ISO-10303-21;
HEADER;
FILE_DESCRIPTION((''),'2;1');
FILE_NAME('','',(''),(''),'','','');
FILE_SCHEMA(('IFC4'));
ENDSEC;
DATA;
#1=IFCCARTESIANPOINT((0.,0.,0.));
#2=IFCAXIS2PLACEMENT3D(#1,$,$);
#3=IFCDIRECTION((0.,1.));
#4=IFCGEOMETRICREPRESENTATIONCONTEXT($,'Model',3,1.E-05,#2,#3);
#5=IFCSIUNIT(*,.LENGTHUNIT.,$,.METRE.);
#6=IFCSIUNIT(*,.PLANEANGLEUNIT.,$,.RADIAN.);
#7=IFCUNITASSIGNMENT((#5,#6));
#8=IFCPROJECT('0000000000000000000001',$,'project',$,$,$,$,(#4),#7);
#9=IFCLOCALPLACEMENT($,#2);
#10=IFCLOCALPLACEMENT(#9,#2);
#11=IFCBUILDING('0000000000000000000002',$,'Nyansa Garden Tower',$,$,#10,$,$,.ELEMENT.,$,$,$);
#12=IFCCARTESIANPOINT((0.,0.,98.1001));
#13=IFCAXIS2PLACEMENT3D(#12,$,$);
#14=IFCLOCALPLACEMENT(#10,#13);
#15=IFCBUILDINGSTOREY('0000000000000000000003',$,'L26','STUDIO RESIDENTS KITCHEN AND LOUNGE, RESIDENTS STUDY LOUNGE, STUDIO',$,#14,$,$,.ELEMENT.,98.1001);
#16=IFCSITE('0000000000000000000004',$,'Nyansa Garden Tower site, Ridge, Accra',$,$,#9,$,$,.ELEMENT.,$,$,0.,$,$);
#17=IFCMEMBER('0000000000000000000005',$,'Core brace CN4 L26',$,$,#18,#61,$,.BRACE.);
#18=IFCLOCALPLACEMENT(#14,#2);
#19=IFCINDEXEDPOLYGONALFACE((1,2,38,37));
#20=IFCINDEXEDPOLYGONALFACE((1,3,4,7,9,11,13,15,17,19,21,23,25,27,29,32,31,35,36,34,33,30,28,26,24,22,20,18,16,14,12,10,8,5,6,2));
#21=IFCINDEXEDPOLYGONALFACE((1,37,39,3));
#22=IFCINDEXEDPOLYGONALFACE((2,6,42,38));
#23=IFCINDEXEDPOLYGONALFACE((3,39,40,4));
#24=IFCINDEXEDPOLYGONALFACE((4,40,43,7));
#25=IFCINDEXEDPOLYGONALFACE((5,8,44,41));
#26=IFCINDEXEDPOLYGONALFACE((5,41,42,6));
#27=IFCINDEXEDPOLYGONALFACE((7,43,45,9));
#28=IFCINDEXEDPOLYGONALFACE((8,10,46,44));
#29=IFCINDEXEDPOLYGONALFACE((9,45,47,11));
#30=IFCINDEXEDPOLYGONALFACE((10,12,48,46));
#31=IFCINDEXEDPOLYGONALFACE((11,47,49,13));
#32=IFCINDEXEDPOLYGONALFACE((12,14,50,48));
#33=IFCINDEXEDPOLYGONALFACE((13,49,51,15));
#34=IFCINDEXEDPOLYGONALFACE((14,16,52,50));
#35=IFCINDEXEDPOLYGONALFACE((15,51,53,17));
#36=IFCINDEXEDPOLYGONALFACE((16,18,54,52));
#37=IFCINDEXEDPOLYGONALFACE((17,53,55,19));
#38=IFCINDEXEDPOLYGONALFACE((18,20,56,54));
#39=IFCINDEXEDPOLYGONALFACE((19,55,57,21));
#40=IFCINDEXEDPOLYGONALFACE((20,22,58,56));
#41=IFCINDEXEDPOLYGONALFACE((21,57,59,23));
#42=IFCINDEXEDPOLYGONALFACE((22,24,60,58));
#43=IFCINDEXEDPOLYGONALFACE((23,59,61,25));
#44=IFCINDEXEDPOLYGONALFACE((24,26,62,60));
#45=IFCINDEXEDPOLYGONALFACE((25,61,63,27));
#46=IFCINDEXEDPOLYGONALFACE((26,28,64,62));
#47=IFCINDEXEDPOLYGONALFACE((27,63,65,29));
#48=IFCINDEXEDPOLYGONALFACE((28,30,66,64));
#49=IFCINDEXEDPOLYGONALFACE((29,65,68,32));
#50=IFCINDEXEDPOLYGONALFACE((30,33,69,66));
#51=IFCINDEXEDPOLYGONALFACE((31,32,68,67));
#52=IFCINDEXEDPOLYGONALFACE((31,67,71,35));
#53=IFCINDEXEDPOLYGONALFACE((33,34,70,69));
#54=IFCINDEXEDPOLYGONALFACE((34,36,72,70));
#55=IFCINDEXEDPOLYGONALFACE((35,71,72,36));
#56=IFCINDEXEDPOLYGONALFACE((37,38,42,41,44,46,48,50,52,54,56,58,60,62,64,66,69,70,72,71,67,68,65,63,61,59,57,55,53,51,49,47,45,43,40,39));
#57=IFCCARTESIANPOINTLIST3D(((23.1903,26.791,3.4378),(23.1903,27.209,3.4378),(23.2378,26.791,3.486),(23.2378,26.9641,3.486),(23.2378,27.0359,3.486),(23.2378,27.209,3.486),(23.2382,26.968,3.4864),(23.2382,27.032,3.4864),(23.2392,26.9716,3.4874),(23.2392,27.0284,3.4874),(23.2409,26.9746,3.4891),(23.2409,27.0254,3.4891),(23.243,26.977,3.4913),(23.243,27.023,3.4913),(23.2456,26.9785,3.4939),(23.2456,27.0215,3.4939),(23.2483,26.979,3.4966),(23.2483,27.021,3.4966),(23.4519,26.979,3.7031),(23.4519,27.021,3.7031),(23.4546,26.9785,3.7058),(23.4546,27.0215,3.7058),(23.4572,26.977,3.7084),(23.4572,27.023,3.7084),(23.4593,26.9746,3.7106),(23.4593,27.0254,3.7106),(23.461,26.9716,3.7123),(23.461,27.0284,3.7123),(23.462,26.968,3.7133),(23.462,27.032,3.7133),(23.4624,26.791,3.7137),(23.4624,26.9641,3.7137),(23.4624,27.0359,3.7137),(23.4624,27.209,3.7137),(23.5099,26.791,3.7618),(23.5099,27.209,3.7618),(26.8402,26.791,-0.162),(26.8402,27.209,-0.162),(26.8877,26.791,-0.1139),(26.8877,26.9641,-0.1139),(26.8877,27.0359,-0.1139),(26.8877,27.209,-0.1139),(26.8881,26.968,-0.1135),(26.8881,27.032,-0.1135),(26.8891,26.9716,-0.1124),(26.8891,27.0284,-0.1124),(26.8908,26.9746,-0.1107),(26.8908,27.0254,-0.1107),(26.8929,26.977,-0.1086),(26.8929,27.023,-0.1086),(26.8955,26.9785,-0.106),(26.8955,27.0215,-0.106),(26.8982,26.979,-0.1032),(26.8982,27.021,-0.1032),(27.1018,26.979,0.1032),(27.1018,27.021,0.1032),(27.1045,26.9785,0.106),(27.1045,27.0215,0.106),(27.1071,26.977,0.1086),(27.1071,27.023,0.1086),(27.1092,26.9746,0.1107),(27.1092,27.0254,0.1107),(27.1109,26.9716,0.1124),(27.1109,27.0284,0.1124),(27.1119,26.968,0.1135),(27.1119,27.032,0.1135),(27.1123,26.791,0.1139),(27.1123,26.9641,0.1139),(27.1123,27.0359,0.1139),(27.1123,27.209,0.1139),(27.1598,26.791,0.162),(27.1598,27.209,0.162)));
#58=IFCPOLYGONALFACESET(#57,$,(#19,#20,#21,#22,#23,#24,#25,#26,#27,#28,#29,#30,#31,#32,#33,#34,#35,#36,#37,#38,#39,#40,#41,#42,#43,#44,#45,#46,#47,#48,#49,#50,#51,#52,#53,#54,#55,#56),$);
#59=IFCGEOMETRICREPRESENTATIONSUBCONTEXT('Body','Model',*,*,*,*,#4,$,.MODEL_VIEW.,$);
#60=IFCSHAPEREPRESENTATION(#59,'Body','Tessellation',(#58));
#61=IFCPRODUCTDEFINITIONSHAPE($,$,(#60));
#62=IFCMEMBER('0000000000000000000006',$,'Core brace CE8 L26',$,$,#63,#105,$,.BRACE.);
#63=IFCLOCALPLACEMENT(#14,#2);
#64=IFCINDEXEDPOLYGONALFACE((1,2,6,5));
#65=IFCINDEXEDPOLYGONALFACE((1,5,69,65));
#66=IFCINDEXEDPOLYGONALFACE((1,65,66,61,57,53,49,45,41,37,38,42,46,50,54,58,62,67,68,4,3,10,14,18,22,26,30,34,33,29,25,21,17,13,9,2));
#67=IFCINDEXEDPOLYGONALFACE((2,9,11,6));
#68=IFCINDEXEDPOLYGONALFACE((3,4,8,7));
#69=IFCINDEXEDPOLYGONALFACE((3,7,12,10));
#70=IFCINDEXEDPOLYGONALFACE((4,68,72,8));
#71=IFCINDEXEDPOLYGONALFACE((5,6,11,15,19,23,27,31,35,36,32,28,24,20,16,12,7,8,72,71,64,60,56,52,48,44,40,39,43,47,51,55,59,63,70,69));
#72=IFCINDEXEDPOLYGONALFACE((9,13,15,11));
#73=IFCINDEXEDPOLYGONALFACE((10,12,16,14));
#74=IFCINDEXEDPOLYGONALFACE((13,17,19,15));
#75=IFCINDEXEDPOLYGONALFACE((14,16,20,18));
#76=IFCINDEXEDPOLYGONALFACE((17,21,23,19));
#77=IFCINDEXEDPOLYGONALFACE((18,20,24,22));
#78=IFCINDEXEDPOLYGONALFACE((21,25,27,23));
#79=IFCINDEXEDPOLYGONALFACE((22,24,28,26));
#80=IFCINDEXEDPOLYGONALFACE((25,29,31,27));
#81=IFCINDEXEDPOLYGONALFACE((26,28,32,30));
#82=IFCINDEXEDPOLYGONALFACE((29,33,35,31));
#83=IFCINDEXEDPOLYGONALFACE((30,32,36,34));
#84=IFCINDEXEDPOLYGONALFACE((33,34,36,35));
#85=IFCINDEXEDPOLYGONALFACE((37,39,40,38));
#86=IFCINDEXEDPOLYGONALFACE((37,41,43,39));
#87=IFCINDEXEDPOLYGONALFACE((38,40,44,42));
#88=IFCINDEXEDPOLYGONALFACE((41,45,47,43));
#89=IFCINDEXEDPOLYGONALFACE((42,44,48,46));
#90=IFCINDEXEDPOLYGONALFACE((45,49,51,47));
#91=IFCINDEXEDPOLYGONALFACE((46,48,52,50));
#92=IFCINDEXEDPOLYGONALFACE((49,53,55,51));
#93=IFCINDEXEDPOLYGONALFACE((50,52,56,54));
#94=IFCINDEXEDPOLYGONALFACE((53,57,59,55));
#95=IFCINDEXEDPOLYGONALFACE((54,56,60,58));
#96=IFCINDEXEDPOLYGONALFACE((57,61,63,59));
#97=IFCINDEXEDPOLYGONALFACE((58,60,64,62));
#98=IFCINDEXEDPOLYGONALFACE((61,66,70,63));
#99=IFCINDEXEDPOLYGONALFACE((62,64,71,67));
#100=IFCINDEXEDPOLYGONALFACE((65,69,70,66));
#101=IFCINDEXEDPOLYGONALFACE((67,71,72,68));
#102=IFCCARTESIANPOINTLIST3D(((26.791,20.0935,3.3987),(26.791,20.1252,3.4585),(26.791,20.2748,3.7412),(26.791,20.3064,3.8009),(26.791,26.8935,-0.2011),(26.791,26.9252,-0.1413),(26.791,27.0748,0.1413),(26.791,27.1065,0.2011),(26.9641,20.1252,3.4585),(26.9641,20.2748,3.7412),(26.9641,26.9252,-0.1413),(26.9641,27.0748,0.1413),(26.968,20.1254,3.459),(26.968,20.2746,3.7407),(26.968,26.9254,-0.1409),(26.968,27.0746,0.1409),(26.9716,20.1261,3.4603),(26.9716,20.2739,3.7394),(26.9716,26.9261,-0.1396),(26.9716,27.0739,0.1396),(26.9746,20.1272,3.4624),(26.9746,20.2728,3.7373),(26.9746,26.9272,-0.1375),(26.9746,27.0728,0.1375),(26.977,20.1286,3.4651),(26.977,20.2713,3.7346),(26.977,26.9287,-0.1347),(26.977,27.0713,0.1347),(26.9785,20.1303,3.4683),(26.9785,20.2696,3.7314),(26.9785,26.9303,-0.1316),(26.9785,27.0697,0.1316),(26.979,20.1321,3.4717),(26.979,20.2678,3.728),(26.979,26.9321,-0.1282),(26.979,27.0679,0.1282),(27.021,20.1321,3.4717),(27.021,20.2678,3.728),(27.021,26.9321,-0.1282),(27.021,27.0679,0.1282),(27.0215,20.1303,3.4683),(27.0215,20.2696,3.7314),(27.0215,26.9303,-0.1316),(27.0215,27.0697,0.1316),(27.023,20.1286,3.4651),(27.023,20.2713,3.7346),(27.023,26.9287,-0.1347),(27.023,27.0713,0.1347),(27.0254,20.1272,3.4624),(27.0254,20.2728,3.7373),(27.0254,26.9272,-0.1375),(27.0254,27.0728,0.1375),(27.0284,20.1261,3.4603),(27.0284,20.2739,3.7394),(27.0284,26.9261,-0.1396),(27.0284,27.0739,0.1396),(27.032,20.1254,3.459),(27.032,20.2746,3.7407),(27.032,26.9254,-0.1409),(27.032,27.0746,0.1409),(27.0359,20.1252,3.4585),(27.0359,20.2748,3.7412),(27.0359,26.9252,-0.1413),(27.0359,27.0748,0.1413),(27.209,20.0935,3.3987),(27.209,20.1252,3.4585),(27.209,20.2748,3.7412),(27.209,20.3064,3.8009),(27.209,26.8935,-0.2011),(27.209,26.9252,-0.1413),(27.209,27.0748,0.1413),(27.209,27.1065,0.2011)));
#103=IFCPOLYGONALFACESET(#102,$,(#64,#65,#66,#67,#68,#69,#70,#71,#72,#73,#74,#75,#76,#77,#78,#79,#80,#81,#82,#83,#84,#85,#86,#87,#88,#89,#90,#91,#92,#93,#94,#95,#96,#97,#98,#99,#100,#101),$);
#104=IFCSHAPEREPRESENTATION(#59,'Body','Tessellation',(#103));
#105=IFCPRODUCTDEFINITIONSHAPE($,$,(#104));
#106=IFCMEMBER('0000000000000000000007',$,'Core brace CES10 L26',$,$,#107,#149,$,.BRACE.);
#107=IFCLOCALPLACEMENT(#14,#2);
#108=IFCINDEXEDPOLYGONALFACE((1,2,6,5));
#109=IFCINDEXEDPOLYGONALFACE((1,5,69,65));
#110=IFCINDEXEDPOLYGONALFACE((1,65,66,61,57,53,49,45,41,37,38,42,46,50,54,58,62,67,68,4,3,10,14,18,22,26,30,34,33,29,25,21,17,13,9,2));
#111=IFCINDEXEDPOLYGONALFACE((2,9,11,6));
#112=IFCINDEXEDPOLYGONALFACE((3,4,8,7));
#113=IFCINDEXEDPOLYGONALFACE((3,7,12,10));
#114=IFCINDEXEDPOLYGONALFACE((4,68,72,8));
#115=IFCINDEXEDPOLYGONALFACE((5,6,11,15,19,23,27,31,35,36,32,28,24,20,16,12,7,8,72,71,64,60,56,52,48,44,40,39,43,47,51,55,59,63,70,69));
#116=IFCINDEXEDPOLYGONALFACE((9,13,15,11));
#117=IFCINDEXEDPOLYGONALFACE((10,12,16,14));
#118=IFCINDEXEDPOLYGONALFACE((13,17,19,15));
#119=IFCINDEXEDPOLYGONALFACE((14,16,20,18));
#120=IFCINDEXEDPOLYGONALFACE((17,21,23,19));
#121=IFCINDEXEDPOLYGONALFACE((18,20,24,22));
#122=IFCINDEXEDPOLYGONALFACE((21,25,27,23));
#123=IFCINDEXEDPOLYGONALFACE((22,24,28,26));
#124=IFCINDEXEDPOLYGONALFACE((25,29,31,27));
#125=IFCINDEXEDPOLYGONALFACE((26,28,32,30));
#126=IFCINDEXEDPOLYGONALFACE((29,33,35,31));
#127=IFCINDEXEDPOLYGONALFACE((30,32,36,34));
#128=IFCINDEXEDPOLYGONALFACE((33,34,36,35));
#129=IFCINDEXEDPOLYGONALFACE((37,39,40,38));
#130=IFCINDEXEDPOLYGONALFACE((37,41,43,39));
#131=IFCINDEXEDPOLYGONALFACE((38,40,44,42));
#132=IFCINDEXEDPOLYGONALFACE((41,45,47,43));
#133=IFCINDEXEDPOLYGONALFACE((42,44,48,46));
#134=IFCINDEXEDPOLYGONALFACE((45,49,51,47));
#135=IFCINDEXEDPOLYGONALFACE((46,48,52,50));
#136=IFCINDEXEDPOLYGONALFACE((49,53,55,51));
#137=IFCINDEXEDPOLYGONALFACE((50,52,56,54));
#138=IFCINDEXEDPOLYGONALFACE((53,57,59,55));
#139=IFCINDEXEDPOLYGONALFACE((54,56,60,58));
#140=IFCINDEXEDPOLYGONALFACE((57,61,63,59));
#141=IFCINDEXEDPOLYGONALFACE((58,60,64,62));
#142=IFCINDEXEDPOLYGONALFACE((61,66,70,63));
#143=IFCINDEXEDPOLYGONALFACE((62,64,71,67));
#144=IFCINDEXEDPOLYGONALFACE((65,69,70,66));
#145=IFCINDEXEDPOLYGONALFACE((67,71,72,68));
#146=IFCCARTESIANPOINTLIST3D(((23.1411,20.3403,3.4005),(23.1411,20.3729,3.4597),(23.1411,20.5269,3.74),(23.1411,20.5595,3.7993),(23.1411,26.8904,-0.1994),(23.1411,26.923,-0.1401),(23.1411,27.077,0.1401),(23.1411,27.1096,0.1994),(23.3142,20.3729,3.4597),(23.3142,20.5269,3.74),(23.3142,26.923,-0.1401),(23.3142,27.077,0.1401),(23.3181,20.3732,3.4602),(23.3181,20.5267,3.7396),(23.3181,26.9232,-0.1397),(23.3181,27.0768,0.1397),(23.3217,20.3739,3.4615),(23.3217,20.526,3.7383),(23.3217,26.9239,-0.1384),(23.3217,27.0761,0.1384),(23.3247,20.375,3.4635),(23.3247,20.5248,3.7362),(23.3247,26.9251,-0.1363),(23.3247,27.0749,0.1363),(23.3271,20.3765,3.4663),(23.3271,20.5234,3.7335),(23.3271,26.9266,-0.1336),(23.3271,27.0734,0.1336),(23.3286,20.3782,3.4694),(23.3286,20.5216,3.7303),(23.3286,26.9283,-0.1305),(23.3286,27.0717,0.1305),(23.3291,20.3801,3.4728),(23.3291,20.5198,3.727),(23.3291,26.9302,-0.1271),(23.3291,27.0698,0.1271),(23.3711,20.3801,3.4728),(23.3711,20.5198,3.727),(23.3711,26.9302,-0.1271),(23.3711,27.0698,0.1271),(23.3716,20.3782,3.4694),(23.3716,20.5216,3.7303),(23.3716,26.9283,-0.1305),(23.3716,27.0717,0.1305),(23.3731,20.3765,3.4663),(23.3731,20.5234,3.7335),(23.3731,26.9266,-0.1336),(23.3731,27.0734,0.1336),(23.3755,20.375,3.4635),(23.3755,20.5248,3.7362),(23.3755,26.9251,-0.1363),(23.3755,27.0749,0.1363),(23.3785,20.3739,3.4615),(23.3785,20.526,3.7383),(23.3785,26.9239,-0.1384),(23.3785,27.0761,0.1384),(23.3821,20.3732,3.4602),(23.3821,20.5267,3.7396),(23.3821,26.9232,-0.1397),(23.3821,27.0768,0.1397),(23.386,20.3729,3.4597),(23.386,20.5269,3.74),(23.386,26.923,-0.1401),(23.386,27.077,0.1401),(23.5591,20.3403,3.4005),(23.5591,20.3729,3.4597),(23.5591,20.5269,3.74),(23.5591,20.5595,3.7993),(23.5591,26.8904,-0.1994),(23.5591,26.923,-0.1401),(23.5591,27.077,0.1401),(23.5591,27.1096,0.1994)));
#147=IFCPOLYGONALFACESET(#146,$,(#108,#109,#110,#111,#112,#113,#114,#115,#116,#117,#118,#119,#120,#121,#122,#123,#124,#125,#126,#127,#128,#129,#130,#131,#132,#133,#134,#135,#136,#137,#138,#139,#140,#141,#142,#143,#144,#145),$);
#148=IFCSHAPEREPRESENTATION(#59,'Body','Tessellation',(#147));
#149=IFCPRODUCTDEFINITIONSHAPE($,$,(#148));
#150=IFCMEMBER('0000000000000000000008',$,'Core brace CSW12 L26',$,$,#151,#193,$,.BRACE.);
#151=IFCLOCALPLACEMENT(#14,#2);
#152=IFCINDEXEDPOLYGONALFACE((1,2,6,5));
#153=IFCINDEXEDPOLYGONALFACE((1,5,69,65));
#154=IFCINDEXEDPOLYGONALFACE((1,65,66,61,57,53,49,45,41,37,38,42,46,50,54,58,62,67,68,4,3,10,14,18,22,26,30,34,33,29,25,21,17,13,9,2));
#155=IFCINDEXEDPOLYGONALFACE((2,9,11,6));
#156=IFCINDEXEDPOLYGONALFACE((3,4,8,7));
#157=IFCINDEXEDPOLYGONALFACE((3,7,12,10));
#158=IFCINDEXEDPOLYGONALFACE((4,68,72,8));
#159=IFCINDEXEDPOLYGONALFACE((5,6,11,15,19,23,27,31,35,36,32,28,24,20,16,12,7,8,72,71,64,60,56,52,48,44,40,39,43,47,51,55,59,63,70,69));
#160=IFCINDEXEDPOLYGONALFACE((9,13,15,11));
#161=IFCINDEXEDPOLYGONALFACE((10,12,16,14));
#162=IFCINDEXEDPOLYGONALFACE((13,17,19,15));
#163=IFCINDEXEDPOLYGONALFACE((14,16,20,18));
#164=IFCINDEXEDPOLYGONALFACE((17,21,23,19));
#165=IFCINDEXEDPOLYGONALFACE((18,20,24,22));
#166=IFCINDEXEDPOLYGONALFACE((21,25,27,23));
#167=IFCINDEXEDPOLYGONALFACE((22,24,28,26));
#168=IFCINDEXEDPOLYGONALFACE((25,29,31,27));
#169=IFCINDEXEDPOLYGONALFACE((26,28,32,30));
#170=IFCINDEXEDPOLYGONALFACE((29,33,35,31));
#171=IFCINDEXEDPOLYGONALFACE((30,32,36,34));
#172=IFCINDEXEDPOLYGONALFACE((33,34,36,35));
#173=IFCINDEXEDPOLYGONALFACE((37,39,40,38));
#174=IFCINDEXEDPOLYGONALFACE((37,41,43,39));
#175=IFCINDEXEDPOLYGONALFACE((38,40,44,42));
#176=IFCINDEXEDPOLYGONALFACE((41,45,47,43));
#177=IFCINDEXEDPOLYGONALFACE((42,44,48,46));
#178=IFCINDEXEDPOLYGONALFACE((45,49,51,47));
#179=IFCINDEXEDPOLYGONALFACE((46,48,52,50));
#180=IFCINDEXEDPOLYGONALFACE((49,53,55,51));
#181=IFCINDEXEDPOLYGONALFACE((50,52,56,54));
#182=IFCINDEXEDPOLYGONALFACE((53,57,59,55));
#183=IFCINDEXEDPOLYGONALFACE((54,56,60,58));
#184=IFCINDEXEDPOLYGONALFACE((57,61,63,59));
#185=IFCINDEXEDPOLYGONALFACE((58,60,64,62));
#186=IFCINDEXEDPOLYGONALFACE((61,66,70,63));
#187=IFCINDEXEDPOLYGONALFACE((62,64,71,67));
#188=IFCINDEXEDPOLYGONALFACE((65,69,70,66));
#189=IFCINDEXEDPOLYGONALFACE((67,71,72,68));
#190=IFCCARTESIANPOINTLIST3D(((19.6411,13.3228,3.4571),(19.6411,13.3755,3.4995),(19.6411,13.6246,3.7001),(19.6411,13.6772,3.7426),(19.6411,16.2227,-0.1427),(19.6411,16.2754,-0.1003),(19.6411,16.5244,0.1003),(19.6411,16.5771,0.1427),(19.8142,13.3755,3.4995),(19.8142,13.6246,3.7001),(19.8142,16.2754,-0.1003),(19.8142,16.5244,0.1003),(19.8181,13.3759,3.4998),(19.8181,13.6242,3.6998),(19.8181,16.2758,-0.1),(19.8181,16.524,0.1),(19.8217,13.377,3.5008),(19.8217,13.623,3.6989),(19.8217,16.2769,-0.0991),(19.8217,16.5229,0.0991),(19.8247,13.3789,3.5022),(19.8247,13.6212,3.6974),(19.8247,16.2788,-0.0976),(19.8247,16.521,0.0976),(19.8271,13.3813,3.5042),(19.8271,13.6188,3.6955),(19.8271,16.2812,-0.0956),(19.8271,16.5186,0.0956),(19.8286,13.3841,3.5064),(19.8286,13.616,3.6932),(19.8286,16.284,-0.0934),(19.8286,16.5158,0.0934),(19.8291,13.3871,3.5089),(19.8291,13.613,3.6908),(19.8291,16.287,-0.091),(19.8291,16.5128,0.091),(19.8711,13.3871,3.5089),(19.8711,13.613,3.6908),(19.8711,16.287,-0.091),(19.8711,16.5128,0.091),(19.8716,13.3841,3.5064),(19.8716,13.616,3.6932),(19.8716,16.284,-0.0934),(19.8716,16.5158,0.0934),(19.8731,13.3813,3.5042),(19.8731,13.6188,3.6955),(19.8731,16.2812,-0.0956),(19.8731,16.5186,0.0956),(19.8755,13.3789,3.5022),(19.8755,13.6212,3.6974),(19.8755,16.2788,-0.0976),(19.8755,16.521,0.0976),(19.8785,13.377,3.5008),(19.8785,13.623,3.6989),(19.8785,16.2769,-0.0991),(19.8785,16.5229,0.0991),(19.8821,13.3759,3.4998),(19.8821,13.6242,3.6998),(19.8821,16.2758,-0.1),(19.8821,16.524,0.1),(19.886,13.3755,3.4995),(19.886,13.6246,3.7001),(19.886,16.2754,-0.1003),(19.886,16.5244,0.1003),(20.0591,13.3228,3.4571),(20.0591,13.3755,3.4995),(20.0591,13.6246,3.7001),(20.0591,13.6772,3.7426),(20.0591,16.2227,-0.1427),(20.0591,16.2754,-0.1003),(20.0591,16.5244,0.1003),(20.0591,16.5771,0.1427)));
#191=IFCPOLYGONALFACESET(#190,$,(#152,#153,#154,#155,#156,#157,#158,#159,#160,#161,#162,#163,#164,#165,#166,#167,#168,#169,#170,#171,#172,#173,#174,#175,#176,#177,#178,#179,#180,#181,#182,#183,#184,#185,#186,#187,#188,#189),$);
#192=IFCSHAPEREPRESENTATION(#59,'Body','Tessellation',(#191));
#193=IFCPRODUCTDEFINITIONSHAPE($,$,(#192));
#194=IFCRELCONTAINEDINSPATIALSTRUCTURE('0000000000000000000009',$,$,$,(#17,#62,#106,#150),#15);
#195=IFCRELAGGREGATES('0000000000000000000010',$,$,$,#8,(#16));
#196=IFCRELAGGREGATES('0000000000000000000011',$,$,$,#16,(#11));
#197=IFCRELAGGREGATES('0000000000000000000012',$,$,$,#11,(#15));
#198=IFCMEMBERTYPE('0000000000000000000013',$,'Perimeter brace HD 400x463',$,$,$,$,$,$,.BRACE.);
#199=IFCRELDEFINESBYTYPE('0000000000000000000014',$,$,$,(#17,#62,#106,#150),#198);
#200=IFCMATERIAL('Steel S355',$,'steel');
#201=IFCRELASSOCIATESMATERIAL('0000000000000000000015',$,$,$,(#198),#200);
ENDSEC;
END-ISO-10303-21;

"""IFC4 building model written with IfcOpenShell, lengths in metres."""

from ifc_helpers import new_model, si_unit, direction, frame, origin, origin_2d, place, context, subcontext, project, spatial, i_section, extrude, material, material_profile, profile_set, type_object, element, save


model = new_model("IFC4")

# Units and contexts
model_context = context("Model", 3, precision=1e-05, world=origin(), true_north=direction((0.0, 1.0)))
body_context = subcontext(model_context, "Body", "Model", "MODEL_VIEW")
ifc_project = project(units=[si_unit("LENGTHUNIT", "METRE"), si_unit("PLANEANGLEUNIT", "RADIAN")], contexts=[model_context])

# Site, building, storey
site_placement = place(None, origin())
site = spatial("IfcSite", under=ifc_project, at=site_placement, Name="Nyansa Garden Tower site, Ridge, Accra", CompositionType="ELEMENT", RefElevation=0.0)
building_placement = place(site_placement, origin())
building = spatial("IfcBuilding", under=site, at=building_placement, Name="Nyansa Garden Tower", CompositionType="ELEMENT")
storey_placement = place(building_placement, frame((0.0, 0.0, 98.1001)))
storey = spatial("IfcBuildingStorey", under=building, at=storey_placement, Name="L26", Description="STUDIO RESIDENTS KITCHEN AND LOUNGE, RESIDENTS STUDY LOUNGE, STUDIO", CompositionType="ELEMENT", Elevation=98.1001)

# Members
ifc_material_1 = material(Name="Steel S355", Category="steel")
ifc_material_profile_1 = material_profile(ifc_material_1, i_section(OverallWidth=0.418, OverallDepth=0.4551, WebThickness=0.042, FlangeThickness=0.0676, FilletRadius=0.0149, at=origin_2d()), Name="HD 400x463")
ifc_profile_set_1 = profile_set([ifc_material_profile_1], Name="Steel S355")
member_type = type_object("IfcMemberType", Name="Perimeter brace HD 400x463", PredefinedType="BRACE", material=ifc_profile_set_1)
member_1_placement = place(storey_placement, frame((27.0, 27.0, 0.0), z_axis=(-0.711971, 0.0, 0.702209), x_axis=(0.0, -1.0, 0.0)))
element("IfcMember", 1, at=member_1_placement, inside=storey, type_object=member_type, Name="Core brace CN4 L26", PredefinedType="BRACE", context=body_context, shape_type="SweptSolid", body=[
    extrude(i_section(OverallWidth=0.418, OverallDepth=0.4551, WebThickness=0.042, FlangeThickness=0.0676, FilletRadius=0.0149, at=origin_2d()), origin(), (0.0, 0.0, 1.0), 5.1265),
])
member_2_placement = place(storey_placement, frame((27.0, 27.0, 0.0), z_axis=(0.0, -0.883797, 0.46787), x_axis=(1.0, 0.0, 0.0)))
element("IfcMember", 2, at=member_2_placement, inside=storey, type_object=member_type, Name="Core brace CE8 L26", PredefinedType="BRACE", context=body_context, shape_type="SweptSolid", body=[
    extrude(i_section(OverallWidth=0.418, OverallDepth=0.4551, WebThickness=0.042, FlangeThickness=0.0676, FilletRadius=0.0149, at=origin_2d()), origin(), (0.0, 0.0, 1.0), 7.6941),
])
member_3_placement = place(storey_placement, frame((23.3501, 27.0, 0.0), z_axis=(0.0, -0.876367, 0.481644), x_axis=(1.0, 0.0, 0.0)))
element("IfcMember", 3, at=member_3_placement, inside=storey, type_object=member_type, Name="Core brace CES10 L26", PredefinedType="BRACE", context=body_context, shape_type="SweptSolid", body=[
    extrude(i_section(OverallWidth=0.418, OverallDepth=0.4551, WebThickness=0.042, FlangeThickness=0.0676, FilletRadius=0.0149, at=origin_2d()), origin(), (0.0, 0.0, 1.0), 7.4741),
])
member_4_placement = place(storey_placement, frame((19.8501, 16.3999, 0.0), z_axis=(0.0, -0.627332, 0.778752), x_axis=(1.0, 0.0, 0.0)))
element("IfcMember", 4, at=member_4_placement, inside=storey, type_object=member_type, Name="Core brace CSW12 L26", PredefinedType="BRACE", context=body_context, shape_type="SweptSolid", body=[
    extrude(i_section(OverallWidth=0.418, OverallDepth=0.4551, WebThickness=0.042, FlangeThickness=0.0676, FilletRadius=0.0149, at=origin_2d()), origin(), (0.0, 0.0, 1.0), 4.6226),
])

save(model, "model.ifc")
